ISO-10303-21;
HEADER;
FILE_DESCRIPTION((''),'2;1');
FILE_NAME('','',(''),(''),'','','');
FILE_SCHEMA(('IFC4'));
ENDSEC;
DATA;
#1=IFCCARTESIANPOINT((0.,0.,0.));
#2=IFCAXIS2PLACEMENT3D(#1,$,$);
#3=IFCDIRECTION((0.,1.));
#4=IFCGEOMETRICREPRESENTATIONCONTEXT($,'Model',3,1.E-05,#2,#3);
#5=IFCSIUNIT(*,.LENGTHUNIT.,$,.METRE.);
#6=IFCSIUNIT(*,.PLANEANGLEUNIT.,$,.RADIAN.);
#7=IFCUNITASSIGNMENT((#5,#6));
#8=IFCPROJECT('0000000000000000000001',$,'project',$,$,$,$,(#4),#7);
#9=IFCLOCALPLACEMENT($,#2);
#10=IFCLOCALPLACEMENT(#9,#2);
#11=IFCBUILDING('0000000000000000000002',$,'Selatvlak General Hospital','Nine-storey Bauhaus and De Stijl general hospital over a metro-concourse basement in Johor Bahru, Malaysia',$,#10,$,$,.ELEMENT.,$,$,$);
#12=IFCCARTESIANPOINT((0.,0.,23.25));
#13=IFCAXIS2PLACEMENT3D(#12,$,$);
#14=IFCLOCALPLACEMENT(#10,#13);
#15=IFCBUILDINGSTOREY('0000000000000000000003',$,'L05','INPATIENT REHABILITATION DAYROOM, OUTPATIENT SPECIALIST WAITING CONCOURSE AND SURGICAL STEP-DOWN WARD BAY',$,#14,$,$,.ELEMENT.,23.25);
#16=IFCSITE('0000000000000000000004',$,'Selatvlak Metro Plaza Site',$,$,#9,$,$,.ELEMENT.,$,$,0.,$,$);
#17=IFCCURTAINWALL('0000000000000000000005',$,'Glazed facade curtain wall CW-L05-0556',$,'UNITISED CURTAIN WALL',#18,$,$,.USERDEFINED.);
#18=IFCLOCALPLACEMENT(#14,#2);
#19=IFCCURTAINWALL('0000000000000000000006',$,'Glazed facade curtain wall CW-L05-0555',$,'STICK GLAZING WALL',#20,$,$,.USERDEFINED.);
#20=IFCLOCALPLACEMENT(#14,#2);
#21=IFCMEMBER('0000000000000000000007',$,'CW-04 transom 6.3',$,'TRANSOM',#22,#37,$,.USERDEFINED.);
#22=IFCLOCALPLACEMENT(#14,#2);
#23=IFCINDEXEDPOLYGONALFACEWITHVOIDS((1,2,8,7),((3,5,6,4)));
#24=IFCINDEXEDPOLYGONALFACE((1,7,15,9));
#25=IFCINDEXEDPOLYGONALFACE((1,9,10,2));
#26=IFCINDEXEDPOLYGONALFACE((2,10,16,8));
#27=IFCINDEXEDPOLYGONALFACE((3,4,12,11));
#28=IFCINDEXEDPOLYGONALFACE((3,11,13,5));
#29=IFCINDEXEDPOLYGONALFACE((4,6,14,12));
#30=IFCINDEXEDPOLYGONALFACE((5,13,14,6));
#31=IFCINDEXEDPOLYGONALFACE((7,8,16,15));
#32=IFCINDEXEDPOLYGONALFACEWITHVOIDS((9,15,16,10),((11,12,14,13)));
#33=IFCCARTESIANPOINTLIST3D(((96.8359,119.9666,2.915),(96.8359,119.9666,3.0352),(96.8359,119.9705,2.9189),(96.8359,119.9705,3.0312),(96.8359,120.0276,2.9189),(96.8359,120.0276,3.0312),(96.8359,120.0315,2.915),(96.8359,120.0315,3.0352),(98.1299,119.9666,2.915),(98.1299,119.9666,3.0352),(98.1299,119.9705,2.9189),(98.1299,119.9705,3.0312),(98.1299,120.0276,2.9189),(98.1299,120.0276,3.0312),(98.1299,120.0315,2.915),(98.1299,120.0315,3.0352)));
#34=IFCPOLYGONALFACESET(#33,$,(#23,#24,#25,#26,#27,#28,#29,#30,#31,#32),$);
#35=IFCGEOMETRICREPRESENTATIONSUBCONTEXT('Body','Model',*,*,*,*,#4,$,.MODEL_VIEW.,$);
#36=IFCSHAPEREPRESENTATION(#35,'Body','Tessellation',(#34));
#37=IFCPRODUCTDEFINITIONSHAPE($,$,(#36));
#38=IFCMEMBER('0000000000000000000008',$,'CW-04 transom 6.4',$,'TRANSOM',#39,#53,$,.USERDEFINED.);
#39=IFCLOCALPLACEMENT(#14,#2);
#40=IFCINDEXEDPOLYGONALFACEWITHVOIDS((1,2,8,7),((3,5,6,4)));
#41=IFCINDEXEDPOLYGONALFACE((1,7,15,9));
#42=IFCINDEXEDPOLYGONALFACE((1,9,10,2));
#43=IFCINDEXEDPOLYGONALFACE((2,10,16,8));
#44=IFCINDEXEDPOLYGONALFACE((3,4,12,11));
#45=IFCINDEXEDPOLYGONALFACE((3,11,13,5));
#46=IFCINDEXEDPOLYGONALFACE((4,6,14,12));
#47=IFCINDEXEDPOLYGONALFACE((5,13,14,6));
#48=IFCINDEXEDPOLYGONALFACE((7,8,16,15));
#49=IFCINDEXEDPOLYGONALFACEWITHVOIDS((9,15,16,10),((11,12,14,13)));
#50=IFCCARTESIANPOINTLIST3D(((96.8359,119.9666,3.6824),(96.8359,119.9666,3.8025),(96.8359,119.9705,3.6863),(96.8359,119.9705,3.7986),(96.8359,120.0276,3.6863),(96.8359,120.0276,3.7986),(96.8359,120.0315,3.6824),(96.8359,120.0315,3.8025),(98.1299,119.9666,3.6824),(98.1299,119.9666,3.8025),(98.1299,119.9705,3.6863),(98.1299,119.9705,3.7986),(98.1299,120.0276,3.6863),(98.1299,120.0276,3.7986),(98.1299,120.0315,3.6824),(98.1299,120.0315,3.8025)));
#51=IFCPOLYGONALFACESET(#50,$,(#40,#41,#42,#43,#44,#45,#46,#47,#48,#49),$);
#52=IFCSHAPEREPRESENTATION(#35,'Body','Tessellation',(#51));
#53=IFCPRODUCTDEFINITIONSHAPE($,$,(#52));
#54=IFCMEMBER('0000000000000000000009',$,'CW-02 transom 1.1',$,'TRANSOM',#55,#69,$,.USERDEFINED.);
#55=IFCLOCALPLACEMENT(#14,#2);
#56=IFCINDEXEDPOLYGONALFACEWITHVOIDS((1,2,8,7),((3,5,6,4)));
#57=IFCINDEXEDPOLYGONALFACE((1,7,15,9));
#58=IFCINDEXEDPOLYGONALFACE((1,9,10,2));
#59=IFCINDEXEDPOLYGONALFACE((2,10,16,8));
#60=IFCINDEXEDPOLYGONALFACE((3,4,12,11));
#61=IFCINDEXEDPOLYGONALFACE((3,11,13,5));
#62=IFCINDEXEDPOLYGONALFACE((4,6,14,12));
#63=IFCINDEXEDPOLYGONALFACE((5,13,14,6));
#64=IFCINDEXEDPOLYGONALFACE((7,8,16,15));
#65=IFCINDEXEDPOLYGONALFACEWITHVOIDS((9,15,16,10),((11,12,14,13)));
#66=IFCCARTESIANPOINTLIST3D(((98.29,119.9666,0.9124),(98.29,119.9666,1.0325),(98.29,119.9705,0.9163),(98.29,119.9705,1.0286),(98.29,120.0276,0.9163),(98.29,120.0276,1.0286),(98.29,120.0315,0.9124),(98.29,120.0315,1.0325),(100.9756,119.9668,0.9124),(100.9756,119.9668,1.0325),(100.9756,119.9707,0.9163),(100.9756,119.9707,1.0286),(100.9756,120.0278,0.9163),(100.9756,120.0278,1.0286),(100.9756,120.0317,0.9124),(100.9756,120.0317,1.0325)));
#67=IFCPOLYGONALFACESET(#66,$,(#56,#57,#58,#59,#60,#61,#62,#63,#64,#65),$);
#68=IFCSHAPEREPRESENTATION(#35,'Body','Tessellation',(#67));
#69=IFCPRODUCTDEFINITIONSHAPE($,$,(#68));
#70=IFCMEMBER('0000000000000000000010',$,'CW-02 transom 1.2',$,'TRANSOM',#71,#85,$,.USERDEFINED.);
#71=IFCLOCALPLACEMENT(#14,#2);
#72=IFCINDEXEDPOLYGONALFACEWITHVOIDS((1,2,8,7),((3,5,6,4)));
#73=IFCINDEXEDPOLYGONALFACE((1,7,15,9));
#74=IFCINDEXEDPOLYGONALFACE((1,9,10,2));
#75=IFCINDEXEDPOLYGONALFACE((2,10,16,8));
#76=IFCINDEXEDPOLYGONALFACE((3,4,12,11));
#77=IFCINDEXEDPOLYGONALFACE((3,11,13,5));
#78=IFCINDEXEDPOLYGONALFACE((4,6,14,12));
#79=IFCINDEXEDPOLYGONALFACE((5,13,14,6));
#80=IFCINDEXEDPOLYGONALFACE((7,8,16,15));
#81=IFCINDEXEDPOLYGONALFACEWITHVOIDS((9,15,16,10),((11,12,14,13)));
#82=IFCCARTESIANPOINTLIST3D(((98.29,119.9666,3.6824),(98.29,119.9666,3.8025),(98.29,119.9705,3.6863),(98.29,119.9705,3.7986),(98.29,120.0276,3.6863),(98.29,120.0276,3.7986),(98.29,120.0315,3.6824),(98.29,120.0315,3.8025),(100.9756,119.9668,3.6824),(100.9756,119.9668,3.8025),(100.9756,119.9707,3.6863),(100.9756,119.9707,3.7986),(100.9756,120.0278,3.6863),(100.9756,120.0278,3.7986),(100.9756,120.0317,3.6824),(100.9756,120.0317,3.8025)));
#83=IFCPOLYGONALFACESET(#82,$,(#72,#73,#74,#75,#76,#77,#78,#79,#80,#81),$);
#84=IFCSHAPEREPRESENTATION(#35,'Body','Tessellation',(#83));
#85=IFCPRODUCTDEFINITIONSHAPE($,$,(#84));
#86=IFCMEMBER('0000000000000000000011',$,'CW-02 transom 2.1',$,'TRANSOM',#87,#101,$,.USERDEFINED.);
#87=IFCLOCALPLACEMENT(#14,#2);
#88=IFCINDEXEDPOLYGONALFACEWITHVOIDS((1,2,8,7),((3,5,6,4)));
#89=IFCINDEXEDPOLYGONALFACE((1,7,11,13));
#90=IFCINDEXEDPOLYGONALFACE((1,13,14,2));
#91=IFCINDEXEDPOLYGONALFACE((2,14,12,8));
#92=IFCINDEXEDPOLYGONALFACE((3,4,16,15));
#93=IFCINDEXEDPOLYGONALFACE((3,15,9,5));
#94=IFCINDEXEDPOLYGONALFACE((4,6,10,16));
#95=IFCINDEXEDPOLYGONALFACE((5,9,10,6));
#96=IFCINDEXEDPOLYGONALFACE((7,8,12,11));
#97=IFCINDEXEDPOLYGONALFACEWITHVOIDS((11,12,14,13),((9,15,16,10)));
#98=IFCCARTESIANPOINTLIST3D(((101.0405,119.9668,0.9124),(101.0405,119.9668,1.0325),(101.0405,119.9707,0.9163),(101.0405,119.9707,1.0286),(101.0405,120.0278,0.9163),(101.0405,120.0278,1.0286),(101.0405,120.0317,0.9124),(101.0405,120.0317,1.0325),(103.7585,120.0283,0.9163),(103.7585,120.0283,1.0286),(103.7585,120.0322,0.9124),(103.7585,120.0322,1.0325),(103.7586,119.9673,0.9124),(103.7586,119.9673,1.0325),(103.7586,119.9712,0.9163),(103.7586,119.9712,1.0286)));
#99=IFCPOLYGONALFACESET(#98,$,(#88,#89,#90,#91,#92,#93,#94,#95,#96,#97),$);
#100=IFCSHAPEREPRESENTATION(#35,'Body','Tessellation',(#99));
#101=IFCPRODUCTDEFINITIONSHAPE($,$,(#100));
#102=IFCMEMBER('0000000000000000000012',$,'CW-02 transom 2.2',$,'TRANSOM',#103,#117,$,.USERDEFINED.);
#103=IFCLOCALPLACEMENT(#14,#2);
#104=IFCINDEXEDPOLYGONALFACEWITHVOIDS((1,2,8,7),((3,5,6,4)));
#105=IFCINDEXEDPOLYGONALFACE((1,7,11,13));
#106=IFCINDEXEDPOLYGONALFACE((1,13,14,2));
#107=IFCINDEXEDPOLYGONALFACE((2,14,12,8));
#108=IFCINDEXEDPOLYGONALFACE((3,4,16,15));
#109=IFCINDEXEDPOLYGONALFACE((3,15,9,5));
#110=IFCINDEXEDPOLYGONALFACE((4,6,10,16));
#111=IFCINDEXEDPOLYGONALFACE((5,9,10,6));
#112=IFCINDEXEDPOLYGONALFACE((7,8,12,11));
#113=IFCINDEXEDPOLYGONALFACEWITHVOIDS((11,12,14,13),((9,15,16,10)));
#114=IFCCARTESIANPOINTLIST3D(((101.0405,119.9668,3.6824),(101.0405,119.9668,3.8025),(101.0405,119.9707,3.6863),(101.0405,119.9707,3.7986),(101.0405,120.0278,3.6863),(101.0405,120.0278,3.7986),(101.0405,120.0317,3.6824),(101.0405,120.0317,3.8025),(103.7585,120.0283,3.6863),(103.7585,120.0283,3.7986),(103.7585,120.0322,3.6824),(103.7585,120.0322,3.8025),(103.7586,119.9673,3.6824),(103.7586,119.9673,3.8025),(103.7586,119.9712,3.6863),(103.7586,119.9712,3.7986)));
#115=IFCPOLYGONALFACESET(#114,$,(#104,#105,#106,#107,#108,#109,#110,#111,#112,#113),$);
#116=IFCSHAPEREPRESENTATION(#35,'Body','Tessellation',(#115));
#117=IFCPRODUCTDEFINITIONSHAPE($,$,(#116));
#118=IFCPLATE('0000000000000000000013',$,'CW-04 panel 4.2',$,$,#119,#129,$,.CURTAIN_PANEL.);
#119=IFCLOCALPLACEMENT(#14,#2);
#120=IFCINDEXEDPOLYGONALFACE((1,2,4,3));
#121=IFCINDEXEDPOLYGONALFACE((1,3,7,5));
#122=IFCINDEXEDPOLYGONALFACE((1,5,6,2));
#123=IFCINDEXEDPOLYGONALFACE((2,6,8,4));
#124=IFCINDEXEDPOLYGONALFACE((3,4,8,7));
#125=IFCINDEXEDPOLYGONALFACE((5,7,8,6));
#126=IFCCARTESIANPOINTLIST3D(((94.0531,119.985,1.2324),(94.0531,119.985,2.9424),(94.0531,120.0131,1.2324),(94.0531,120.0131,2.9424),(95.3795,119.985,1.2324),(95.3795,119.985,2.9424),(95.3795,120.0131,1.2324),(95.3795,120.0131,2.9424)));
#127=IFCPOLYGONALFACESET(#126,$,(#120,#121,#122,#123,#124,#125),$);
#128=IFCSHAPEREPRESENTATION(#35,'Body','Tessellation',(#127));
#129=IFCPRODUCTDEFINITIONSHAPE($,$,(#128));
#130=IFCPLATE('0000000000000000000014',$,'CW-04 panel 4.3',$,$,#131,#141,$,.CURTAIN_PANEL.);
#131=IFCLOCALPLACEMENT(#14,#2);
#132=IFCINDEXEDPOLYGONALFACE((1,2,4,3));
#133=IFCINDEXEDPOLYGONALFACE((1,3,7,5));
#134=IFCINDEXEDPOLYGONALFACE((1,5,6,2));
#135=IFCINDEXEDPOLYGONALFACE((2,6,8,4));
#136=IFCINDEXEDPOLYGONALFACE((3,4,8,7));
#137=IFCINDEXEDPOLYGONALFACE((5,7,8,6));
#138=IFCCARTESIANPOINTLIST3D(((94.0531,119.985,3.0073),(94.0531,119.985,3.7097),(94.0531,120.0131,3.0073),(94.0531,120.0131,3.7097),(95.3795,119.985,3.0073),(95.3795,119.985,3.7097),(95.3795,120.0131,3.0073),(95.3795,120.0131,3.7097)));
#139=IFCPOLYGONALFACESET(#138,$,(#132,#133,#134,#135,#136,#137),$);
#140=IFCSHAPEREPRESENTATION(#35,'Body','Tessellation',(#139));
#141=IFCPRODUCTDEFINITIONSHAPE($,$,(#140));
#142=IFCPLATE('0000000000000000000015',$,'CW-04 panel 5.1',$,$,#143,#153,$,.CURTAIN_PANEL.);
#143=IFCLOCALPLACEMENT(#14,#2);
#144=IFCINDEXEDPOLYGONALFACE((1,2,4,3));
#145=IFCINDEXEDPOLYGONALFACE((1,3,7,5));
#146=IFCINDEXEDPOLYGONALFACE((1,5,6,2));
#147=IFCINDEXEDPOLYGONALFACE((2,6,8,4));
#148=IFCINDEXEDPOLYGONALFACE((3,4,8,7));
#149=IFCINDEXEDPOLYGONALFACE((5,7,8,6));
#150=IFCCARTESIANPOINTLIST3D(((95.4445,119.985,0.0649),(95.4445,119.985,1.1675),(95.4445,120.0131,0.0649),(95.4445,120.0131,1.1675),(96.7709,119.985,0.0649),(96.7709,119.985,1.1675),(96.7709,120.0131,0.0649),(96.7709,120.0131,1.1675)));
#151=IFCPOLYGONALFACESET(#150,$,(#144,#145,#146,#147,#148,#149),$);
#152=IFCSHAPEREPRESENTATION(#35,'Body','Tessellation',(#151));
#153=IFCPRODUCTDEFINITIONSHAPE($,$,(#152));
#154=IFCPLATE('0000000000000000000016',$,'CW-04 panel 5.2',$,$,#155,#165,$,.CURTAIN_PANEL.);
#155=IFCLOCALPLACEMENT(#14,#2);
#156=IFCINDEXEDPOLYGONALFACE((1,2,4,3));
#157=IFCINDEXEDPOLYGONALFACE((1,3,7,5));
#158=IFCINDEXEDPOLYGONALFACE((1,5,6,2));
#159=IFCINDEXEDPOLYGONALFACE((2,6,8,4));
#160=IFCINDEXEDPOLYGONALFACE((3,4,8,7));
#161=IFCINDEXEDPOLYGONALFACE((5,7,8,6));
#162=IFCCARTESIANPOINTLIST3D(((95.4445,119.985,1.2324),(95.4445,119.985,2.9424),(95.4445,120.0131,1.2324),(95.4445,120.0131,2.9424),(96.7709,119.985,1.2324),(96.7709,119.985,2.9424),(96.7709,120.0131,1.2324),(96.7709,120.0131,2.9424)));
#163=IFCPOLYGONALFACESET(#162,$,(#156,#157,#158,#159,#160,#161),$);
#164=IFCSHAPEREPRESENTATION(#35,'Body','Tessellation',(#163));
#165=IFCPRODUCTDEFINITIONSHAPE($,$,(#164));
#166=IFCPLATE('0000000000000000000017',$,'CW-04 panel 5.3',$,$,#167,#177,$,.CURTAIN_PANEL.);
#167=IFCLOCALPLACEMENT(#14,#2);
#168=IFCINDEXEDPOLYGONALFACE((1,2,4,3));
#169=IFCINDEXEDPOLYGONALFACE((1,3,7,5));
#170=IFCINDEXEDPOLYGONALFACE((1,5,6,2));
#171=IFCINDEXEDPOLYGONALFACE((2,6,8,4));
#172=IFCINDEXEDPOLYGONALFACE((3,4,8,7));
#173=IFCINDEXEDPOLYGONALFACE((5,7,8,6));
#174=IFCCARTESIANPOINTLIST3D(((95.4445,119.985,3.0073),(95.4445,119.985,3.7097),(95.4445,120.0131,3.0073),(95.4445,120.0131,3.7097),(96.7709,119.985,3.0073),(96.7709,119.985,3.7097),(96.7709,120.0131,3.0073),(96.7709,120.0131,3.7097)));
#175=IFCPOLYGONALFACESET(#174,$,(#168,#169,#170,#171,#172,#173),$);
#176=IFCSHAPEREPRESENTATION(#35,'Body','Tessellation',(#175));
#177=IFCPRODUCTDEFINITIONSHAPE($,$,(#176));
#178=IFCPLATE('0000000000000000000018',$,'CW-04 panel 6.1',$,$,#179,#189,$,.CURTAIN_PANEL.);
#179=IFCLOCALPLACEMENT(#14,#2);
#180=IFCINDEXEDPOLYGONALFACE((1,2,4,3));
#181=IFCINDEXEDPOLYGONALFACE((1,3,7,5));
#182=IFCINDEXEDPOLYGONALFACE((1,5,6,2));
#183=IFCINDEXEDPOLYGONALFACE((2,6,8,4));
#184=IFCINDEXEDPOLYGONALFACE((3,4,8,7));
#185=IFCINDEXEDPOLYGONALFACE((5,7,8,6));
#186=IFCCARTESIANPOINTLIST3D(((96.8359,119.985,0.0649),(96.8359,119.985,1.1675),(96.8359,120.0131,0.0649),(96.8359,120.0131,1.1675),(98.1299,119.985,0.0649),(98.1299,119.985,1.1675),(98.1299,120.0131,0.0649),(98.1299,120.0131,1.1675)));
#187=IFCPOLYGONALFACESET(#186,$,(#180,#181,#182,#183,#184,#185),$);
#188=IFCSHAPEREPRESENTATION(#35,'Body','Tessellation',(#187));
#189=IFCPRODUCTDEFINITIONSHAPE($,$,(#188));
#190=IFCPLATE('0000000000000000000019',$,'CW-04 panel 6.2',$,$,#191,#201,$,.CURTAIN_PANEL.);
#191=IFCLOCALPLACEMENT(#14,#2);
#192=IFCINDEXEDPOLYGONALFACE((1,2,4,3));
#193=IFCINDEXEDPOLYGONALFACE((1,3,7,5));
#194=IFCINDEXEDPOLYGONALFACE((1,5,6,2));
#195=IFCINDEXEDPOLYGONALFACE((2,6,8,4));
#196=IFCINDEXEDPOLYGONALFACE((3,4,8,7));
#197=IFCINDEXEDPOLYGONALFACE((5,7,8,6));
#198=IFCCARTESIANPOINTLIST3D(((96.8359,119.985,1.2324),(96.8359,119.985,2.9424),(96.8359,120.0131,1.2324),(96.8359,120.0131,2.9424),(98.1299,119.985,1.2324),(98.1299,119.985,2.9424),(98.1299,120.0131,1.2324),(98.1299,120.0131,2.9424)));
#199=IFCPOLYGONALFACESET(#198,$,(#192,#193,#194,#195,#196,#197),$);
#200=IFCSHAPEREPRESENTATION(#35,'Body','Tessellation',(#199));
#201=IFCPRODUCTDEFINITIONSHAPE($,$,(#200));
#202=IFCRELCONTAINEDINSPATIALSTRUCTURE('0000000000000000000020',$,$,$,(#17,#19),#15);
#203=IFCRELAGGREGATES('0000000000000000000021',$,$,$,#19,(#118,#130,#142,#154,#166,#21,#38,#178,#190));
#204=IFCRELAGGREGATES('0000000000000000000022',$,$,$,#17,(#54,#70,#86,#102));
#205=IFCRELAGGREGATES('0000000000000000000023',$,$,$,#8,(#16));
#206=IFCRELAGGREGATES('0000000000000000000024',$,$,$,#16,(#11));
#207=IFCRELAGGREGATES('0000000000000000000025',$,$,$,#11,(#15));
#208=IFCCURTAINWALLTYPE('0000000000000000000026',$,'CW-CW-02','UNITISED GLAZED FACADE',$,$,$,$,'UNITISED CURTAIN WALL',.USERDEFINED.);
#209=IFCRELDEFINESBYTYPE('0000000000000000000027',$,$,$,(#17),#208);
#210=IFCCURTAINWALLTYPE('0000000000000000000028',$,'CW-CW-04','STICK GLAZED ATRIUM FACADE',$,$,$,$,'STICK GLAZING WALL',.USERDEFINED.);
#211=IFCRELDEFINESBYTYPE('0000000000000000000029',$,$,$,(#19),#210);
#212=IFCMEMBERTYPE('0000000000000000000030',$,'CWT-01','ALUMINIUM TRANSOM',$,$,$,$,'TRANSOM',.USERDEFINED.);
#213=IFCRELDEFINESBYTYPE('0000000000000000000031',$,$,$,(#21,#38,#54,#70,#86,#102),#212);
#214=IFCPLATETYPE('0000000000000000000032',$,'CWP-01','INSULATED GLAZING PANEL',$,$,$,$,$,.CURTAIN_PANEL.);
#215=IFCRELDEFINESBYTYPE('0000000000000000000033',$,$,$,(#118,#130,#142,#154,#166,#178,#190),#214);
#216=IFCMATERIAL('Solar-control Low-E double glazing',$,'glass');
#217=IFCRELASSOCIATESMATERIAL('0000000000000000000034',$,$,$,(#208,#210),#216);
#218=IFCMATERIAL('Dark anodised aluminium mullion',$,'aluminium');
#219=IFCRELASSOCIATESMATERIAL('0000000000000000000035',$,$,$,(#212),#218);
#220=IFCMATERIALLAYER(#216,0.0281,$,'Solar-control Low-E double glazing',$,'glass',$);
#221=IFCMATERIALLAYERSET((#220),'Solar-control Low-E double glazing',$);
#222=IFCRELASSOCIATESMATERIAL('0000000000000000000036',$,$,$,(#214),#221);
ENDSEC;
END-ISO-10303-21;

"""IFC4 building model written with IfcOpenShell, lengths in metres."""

from ifc_helpers import new_model, si_unit, direction, frame, origin, origin_2d, place, context, subcontext, project, spatial, rectangle, hollow_rectangle, extrude, material, layer, layer_set, material_profile, profile_set, type_object, element, aggregate, save


model = new_model("IFC4")

# Units and contexts
model_context = context("Model", 3, precision=1e-05, world=origin(), true_north=direction((0.0, 1.0)))
body_context = subcontext(model_context, "Body", "Model", "MODEL_VIEW")
ifc_project = project(units=[si_unit("LENGTHUNIT", "METRE"), si_unit("PLANEANGLEUNIT", "RADIAN")], contexts=[model_context])

# Site, building, storey
site_placement = place(None, origin())
site = spatial("IfcSite", under=ifc_project, at=site_placement, Name="Selatvlak Metro Plaza Site", CompositionType="ELEMENT", RefElevation=0.0)
building_placement = place(site_placement, origin())
building = spatial("IfcBuilding", under=site, at=building_placement, Name="Selatvlak General Hospital", Description="Nine-storey Bauhaus and De Stijl general hospital over a metro-concourse basement in Johor Bahru, Malaysia", CompositionType="ELEMENT")
storey_placement = place(building_placement, frame((0.0, 0.0, 23.25)))
storey = spatial("IfcBuildingStorey", under=building, at=storey_placement, Name="L05", Description="INPATIENT REHABILITATION DAYROOM, OUTPATIENT SPECIALIST WAITING CONCOURSE AND SURGICAL STEP-DOWN WARD BAY", CompositionType="ELEMENT", Elevation=23.25)

# Curtain walls, members
ifc_material_1 = material(Name="Solar-control Low-E double glazing", Category="glass")
curtain_wall_type_1 = type_object("IfcCurtainWallType", Name="CW-CW-02", Description="UNITISED GLAZED FACADE", ElementType="UNITISED CURTAIN WALL", PredefinedType="USERDEFINED", material=ifc_material_1)
curtain_wall_1_placement = place(storey_placement, origin())
curtain_wall_1 = element("IfcCurtainWall", 1, at=curtain_wall_1_placement, inside=storey, type_object=curtain_wall_type_1, Name="Glazed facade curtain wall CW-L05-0556", ObjectType="UNITISED CURTAIN WALL", PredefinedType="USERDEFINED")
ifc_material_2 = material(Name="Dark anodised aluminium mullion", Category="aluminium")
curtain_wall_type_2 = type_object("IfcCurtainWallType", Name="CW-CW-04", Description="STICK GLAZED ATRIUM FACADE", ElementType="STICK GLAZING WALL", PredefinedType="USERDEFINED", material=ifc_material_1)
curtain_wall_2_placement = place(storey_placement, origin())
curtain_wall_2 = element("IfcCurtainWall", 2, at=curtain_wall_2_placement, inside=storey, type_object=curtain_wall_type_2, Name="Glazed facade curtain wall CW-L05-0555", ObjectType="STICK GLAZING WALL", PredefinedType="USERDEFINED")
ifc_material_profile_1 = material_profile(ifc_material_2, hollow_rectangle(XDim=0.0649, YDim=0.1201, WallThickness=0.0039, at=origin_2d()), Name="AL-TRN 65x120x4")
ifc_profile_set_1 = profile_set([ifc_material_profile_1], Name="Dark anodised aluminium mullion")
member_type_1 = type_object("IfcMemberType", Name="CWT-01", Description="ALUMINIUM TRANSOM", ElementType="TRANSOM", PredefinedType="USERDEFINED", material=ifc_profile_set_1)
member_1_placement = place(storey_placement, frame((96.8359, 119.999, 2.9751), z_axis=(1.0, 0.0, 0.0), x_axis=(0.0, 1.0, 0.0)))
member_1 = element("IfcMember", 3, at=member_1_placement, type_object=member_type_1, Name="CW-04 transom 6.3", ObjectType="TRANSOM", PredefinedType="USERDEFINED", context=body_context, shape_type="SweptSolid", body=[
    extrude(hollow_rectangle(XDim=0.0649, YDim=0.1201, WallThickness=0.0039, at=origin_2d()), origin(), (0.0, 0.0, 1.0), 1.2939),
])
member_2_placement = place(storey_placement, frame((96.8359, 119.999, 3.7424), z_axis=(1.0, 0.0, 0.0), x_axis=(0.0, 1.0, 0.0)))
member_2 = element("IfcMember", 4, at=member_2_placement, type_object=member_type_1, Name="CW-04 transom 6.4", ObjectType="TRANSOM", PredefinedType="USERDEFINED", context=body_context, shape_type="SweptSolid", body=[
    extrude(hollow_rectangle(XDim=0.0649, YDim=0.1201, WallThickness=0.0039, at=origin_2d()), origin(), (0.0, 0.0, 1.0), 1.2939),
])

# Members
member_3_placement = place(storey_placement, frame((98.29, 119.999, 0.9724), z_axis=(1.0, 0.000091, 0.0), x_axis=(-0.000091, 1.0, 0.0)))
member_3 = element("IfcMember", 5, at=member_3_placement, type_object=member_type_1, Name="CW-02 transom 1.1", ObjectType="TRANSOM", PredefinedType="USERDEFINED", context=body_context, shape_type="SweptSolid", body=[
    extrude(hollow_rectangle(XDim=0.0649, YDim=0.1201, WallThickness=0.0039, at=origin_2d()), origin(), (0.0, 0.0, 1.0), 2.6855),
])
member_4_placement = place(storey_placement, frame((98.29, 119.999, 3.7424), z_axis=(1.0, 0.000091, 0.0), x_axis=(-0.000091, 1.0, 0.0)))
member_4 = element("IfcMember", 6, at=member_4_placement, type_object=member_type_1, Name="CW-02 transom 1.2", ObjectType="TRANSOM", PredefinedType="USERDEFINED", context=body_context, shape_type="SweptSolid", body=[
    extrude(hollow_rectangle(XDim=0.0649, YDim=0.1201, WallThickness=0.0039, at=origin_2d()), origin(), (0.0, 0.0, 1.0), 2.6855),
])
member_5_placement = place(storey_placement, frame((101.0405, 119.9993, 0.9724), z_axis=(1.0, 0.00018, 0.0), x_axis=(-0.00018, 1.0, 0.0)))
member_5 = element("IfcMember", 7, at=member_5_placement, type_object=member_type_1, Name="CW-02 transom 2.1", ObjectType="TRANSOM", PredefinedType="USERDEFINED", context=body_context, shape_type="SweptSolid", body=[
    extrude(hollow_rectangle(XDim=0.0649, YDim=0.1201, WallThickness=0.0039, at=origin_2d()), origin(), (0.0, 0.0, 1.0), 2.718),
])
member_6_placement = place(storey_placement, frame((101.0405, 119.9993, 3.7424), z_axis=(1.0, 0.00018, 0.0), x_axis=(-0.00018, 1.0, 0.0)))
member_6 = element("IfcMember", 8, at=member_6_placement, type_object=member_type_1, Name="CW-02 transom 2.2", ObjectType="TRANSOM", PredefinedType="USERDEFINED", context=body_context, shape_type="SweptSolid", body=[
    extrude(hollow_rectangle(XDim=0.0649, YDim=0.1201, WallThickness=0.0039, at=origin_2d()), origin(), (0.0, 0.0, 1.0), 2.718),
])

# Plates
ifc_layer_1 = layer(ifc_material_1, 0.0281, Name="Solar-control Low-E double glazing", Category="glass")
ifc_layer_set_1 = layer_set([ifc_layer_1], Name="Solar-control Low-E double glazing")
plate_type = type_object("IfcPlateType", Name="CWP-01", Description="INSULATED GLAZING PANEL", PredefinedType="CURTAIN_PANEL", material=ifc_layer_set_1)
plate_1_placement = place(storey_placement, frame((94.7163, 119.999, 1.2324), z_axis=(0.0, 0.0, 1.0), x_axis=(1.0, 0.0, 0.0)))
plate_1 = element("IfcPlate", 9, at=plate_1_placement, type_object=plate_type, Name="CW-04 panel 4.2", PredefinedType="CURTAIN_PANEL", context=body_context, shape_type="SweptSolid", body=[
    extrude(rectangle(XDim=1.3264, YDim=0.0281, at=origin_2d()), origin(), (0.0, 0.0, 1.0), 1.71),
])
plate_2_placement = place(storey_placement, frame((94.7163, 119.999, 3.0073), z_axis=(0.0, 0.0, 1.0), x_axis=(1.0, 0.0, 0.0)))
plate_2 = element("IfcPlate", 10, at=plate_2_placement, type_object=plate_type, Name="CW-04 panel 4.3", PredefinedType="CURTAIN_PANEL", context=body_context, shape_type="SweptSolid", body=[
    extrude(rectangle(XDim=1.3264, YDim=0.0281, at=origin_2d()), origin(), (0.0, 0.0, 1.0), 0.7024),
])
plate_3_placement = place(storey_placement, frame((96.1077, 119.999, 0.0649), z_axis=(0.0, 0.0, 1.0), x_axis=(1.0, 0.0, 0.0)))
plate_3 = element("IfcPlate", 11, at=plate_3_placement, type_object=plate_type, Name="CW-04 panel 5.1", PredefinedType="CURTAIN_PANEL", context=body_context, shape_type="SweptSolid", body=[
    extrude(rectangle(XDim=1.3264, YDim=0.0281, at=origin_2d()), origin(), (0.0, 0.0, 1.0), 1.1025),
])
plate_4_placement = place(storey_placement, frame((96.1077, 119.999, 1.2324), z_axis=(0.0, 0.0, 1.0), x_axis=(1.0, 0.0, 0.0)))
plate_4 = element("IfcPlate", 12, at=plate_4_placement, type_object=plate_type, Name="CW-04 panel 5.2", PredefinedType="CURTAIN_PANEL", context=body_context, shape_type="SweptSolid", body=[
    extrude(rectangle(XDim=1.3264, YDim=0.0281, at=origin_2d()), origin(), (0.0, 0.0, 1.0), 1.71),
])
plate_5_placement = place(storey_placement, frame((96.1077, 119.999, 3.0073), z_axis=(0.0, 0.0, 1.0), x_axis=(1.0, 0.0, 0.0)))
plate_5 = element("IfcPlate", 13, at=plate_5_placement, type_object=plate_type, Name="CW-04 panel 5.3", PredefinedType="CURTAIN_PANEL", context=body_context, shape_type="SweptSolid", body=[
    extrude(rectangle(XDim=1.3264, YDim=0.0281, at=origin_2d()), origin(), (0.0, 0.0, 1.0), 0.7024),
])
plate_6_placement = place(storey_placement, frame((97.4829, 119.999, 0.0649), z_axis=(0.0, 0.0, 1.0), x_axis=(1.0, 0.0, 0.0)))
plate_6 = element("IfcPlate", 14, at=plate_6_placement, type_object=plate_type, Name="CW-04 panel 6.1", PredefinedType="CURTAIN_PANEL", context=body_context, shape_type="SweptSolid", body=[
    extrude(rectangle(XDim=1.2939, YDim=0.0281, at=origin_2d()), origin(), (0.0, 0.0, 1.0), 1.1025),
])
plate_7_placement = place(storey_placement, frame((97.4829, 119.999, 1.2324), z_axis=(0.0, 0.0, 1.0), x_axis=(1.0, 0.0, 0.0)))
plate_7 = element("IfcPlate", 15, at=plate_7_placement, type_object=plate_type, Name="CW-04 panel 6.2", PredefinedType="CURTAIN_PANEL", context=body_context, shape_type="SweptSolid", body=[
    extrude(rectangle(XDim=1.2939, YDim=0.0281, at=origin_2d()), origin(), (0.0, 0.0, 1.0), 1.71),
])
aggregate(curtain_wall_2, [plate_1, plate_2, plate_3, plate_4, plate_5, member_1, member_2, plate_6, plate_7])
aggregate(curtain_wall_1, [member_3, member_4, member_5, member_6])

save(model, "model.ifc")
